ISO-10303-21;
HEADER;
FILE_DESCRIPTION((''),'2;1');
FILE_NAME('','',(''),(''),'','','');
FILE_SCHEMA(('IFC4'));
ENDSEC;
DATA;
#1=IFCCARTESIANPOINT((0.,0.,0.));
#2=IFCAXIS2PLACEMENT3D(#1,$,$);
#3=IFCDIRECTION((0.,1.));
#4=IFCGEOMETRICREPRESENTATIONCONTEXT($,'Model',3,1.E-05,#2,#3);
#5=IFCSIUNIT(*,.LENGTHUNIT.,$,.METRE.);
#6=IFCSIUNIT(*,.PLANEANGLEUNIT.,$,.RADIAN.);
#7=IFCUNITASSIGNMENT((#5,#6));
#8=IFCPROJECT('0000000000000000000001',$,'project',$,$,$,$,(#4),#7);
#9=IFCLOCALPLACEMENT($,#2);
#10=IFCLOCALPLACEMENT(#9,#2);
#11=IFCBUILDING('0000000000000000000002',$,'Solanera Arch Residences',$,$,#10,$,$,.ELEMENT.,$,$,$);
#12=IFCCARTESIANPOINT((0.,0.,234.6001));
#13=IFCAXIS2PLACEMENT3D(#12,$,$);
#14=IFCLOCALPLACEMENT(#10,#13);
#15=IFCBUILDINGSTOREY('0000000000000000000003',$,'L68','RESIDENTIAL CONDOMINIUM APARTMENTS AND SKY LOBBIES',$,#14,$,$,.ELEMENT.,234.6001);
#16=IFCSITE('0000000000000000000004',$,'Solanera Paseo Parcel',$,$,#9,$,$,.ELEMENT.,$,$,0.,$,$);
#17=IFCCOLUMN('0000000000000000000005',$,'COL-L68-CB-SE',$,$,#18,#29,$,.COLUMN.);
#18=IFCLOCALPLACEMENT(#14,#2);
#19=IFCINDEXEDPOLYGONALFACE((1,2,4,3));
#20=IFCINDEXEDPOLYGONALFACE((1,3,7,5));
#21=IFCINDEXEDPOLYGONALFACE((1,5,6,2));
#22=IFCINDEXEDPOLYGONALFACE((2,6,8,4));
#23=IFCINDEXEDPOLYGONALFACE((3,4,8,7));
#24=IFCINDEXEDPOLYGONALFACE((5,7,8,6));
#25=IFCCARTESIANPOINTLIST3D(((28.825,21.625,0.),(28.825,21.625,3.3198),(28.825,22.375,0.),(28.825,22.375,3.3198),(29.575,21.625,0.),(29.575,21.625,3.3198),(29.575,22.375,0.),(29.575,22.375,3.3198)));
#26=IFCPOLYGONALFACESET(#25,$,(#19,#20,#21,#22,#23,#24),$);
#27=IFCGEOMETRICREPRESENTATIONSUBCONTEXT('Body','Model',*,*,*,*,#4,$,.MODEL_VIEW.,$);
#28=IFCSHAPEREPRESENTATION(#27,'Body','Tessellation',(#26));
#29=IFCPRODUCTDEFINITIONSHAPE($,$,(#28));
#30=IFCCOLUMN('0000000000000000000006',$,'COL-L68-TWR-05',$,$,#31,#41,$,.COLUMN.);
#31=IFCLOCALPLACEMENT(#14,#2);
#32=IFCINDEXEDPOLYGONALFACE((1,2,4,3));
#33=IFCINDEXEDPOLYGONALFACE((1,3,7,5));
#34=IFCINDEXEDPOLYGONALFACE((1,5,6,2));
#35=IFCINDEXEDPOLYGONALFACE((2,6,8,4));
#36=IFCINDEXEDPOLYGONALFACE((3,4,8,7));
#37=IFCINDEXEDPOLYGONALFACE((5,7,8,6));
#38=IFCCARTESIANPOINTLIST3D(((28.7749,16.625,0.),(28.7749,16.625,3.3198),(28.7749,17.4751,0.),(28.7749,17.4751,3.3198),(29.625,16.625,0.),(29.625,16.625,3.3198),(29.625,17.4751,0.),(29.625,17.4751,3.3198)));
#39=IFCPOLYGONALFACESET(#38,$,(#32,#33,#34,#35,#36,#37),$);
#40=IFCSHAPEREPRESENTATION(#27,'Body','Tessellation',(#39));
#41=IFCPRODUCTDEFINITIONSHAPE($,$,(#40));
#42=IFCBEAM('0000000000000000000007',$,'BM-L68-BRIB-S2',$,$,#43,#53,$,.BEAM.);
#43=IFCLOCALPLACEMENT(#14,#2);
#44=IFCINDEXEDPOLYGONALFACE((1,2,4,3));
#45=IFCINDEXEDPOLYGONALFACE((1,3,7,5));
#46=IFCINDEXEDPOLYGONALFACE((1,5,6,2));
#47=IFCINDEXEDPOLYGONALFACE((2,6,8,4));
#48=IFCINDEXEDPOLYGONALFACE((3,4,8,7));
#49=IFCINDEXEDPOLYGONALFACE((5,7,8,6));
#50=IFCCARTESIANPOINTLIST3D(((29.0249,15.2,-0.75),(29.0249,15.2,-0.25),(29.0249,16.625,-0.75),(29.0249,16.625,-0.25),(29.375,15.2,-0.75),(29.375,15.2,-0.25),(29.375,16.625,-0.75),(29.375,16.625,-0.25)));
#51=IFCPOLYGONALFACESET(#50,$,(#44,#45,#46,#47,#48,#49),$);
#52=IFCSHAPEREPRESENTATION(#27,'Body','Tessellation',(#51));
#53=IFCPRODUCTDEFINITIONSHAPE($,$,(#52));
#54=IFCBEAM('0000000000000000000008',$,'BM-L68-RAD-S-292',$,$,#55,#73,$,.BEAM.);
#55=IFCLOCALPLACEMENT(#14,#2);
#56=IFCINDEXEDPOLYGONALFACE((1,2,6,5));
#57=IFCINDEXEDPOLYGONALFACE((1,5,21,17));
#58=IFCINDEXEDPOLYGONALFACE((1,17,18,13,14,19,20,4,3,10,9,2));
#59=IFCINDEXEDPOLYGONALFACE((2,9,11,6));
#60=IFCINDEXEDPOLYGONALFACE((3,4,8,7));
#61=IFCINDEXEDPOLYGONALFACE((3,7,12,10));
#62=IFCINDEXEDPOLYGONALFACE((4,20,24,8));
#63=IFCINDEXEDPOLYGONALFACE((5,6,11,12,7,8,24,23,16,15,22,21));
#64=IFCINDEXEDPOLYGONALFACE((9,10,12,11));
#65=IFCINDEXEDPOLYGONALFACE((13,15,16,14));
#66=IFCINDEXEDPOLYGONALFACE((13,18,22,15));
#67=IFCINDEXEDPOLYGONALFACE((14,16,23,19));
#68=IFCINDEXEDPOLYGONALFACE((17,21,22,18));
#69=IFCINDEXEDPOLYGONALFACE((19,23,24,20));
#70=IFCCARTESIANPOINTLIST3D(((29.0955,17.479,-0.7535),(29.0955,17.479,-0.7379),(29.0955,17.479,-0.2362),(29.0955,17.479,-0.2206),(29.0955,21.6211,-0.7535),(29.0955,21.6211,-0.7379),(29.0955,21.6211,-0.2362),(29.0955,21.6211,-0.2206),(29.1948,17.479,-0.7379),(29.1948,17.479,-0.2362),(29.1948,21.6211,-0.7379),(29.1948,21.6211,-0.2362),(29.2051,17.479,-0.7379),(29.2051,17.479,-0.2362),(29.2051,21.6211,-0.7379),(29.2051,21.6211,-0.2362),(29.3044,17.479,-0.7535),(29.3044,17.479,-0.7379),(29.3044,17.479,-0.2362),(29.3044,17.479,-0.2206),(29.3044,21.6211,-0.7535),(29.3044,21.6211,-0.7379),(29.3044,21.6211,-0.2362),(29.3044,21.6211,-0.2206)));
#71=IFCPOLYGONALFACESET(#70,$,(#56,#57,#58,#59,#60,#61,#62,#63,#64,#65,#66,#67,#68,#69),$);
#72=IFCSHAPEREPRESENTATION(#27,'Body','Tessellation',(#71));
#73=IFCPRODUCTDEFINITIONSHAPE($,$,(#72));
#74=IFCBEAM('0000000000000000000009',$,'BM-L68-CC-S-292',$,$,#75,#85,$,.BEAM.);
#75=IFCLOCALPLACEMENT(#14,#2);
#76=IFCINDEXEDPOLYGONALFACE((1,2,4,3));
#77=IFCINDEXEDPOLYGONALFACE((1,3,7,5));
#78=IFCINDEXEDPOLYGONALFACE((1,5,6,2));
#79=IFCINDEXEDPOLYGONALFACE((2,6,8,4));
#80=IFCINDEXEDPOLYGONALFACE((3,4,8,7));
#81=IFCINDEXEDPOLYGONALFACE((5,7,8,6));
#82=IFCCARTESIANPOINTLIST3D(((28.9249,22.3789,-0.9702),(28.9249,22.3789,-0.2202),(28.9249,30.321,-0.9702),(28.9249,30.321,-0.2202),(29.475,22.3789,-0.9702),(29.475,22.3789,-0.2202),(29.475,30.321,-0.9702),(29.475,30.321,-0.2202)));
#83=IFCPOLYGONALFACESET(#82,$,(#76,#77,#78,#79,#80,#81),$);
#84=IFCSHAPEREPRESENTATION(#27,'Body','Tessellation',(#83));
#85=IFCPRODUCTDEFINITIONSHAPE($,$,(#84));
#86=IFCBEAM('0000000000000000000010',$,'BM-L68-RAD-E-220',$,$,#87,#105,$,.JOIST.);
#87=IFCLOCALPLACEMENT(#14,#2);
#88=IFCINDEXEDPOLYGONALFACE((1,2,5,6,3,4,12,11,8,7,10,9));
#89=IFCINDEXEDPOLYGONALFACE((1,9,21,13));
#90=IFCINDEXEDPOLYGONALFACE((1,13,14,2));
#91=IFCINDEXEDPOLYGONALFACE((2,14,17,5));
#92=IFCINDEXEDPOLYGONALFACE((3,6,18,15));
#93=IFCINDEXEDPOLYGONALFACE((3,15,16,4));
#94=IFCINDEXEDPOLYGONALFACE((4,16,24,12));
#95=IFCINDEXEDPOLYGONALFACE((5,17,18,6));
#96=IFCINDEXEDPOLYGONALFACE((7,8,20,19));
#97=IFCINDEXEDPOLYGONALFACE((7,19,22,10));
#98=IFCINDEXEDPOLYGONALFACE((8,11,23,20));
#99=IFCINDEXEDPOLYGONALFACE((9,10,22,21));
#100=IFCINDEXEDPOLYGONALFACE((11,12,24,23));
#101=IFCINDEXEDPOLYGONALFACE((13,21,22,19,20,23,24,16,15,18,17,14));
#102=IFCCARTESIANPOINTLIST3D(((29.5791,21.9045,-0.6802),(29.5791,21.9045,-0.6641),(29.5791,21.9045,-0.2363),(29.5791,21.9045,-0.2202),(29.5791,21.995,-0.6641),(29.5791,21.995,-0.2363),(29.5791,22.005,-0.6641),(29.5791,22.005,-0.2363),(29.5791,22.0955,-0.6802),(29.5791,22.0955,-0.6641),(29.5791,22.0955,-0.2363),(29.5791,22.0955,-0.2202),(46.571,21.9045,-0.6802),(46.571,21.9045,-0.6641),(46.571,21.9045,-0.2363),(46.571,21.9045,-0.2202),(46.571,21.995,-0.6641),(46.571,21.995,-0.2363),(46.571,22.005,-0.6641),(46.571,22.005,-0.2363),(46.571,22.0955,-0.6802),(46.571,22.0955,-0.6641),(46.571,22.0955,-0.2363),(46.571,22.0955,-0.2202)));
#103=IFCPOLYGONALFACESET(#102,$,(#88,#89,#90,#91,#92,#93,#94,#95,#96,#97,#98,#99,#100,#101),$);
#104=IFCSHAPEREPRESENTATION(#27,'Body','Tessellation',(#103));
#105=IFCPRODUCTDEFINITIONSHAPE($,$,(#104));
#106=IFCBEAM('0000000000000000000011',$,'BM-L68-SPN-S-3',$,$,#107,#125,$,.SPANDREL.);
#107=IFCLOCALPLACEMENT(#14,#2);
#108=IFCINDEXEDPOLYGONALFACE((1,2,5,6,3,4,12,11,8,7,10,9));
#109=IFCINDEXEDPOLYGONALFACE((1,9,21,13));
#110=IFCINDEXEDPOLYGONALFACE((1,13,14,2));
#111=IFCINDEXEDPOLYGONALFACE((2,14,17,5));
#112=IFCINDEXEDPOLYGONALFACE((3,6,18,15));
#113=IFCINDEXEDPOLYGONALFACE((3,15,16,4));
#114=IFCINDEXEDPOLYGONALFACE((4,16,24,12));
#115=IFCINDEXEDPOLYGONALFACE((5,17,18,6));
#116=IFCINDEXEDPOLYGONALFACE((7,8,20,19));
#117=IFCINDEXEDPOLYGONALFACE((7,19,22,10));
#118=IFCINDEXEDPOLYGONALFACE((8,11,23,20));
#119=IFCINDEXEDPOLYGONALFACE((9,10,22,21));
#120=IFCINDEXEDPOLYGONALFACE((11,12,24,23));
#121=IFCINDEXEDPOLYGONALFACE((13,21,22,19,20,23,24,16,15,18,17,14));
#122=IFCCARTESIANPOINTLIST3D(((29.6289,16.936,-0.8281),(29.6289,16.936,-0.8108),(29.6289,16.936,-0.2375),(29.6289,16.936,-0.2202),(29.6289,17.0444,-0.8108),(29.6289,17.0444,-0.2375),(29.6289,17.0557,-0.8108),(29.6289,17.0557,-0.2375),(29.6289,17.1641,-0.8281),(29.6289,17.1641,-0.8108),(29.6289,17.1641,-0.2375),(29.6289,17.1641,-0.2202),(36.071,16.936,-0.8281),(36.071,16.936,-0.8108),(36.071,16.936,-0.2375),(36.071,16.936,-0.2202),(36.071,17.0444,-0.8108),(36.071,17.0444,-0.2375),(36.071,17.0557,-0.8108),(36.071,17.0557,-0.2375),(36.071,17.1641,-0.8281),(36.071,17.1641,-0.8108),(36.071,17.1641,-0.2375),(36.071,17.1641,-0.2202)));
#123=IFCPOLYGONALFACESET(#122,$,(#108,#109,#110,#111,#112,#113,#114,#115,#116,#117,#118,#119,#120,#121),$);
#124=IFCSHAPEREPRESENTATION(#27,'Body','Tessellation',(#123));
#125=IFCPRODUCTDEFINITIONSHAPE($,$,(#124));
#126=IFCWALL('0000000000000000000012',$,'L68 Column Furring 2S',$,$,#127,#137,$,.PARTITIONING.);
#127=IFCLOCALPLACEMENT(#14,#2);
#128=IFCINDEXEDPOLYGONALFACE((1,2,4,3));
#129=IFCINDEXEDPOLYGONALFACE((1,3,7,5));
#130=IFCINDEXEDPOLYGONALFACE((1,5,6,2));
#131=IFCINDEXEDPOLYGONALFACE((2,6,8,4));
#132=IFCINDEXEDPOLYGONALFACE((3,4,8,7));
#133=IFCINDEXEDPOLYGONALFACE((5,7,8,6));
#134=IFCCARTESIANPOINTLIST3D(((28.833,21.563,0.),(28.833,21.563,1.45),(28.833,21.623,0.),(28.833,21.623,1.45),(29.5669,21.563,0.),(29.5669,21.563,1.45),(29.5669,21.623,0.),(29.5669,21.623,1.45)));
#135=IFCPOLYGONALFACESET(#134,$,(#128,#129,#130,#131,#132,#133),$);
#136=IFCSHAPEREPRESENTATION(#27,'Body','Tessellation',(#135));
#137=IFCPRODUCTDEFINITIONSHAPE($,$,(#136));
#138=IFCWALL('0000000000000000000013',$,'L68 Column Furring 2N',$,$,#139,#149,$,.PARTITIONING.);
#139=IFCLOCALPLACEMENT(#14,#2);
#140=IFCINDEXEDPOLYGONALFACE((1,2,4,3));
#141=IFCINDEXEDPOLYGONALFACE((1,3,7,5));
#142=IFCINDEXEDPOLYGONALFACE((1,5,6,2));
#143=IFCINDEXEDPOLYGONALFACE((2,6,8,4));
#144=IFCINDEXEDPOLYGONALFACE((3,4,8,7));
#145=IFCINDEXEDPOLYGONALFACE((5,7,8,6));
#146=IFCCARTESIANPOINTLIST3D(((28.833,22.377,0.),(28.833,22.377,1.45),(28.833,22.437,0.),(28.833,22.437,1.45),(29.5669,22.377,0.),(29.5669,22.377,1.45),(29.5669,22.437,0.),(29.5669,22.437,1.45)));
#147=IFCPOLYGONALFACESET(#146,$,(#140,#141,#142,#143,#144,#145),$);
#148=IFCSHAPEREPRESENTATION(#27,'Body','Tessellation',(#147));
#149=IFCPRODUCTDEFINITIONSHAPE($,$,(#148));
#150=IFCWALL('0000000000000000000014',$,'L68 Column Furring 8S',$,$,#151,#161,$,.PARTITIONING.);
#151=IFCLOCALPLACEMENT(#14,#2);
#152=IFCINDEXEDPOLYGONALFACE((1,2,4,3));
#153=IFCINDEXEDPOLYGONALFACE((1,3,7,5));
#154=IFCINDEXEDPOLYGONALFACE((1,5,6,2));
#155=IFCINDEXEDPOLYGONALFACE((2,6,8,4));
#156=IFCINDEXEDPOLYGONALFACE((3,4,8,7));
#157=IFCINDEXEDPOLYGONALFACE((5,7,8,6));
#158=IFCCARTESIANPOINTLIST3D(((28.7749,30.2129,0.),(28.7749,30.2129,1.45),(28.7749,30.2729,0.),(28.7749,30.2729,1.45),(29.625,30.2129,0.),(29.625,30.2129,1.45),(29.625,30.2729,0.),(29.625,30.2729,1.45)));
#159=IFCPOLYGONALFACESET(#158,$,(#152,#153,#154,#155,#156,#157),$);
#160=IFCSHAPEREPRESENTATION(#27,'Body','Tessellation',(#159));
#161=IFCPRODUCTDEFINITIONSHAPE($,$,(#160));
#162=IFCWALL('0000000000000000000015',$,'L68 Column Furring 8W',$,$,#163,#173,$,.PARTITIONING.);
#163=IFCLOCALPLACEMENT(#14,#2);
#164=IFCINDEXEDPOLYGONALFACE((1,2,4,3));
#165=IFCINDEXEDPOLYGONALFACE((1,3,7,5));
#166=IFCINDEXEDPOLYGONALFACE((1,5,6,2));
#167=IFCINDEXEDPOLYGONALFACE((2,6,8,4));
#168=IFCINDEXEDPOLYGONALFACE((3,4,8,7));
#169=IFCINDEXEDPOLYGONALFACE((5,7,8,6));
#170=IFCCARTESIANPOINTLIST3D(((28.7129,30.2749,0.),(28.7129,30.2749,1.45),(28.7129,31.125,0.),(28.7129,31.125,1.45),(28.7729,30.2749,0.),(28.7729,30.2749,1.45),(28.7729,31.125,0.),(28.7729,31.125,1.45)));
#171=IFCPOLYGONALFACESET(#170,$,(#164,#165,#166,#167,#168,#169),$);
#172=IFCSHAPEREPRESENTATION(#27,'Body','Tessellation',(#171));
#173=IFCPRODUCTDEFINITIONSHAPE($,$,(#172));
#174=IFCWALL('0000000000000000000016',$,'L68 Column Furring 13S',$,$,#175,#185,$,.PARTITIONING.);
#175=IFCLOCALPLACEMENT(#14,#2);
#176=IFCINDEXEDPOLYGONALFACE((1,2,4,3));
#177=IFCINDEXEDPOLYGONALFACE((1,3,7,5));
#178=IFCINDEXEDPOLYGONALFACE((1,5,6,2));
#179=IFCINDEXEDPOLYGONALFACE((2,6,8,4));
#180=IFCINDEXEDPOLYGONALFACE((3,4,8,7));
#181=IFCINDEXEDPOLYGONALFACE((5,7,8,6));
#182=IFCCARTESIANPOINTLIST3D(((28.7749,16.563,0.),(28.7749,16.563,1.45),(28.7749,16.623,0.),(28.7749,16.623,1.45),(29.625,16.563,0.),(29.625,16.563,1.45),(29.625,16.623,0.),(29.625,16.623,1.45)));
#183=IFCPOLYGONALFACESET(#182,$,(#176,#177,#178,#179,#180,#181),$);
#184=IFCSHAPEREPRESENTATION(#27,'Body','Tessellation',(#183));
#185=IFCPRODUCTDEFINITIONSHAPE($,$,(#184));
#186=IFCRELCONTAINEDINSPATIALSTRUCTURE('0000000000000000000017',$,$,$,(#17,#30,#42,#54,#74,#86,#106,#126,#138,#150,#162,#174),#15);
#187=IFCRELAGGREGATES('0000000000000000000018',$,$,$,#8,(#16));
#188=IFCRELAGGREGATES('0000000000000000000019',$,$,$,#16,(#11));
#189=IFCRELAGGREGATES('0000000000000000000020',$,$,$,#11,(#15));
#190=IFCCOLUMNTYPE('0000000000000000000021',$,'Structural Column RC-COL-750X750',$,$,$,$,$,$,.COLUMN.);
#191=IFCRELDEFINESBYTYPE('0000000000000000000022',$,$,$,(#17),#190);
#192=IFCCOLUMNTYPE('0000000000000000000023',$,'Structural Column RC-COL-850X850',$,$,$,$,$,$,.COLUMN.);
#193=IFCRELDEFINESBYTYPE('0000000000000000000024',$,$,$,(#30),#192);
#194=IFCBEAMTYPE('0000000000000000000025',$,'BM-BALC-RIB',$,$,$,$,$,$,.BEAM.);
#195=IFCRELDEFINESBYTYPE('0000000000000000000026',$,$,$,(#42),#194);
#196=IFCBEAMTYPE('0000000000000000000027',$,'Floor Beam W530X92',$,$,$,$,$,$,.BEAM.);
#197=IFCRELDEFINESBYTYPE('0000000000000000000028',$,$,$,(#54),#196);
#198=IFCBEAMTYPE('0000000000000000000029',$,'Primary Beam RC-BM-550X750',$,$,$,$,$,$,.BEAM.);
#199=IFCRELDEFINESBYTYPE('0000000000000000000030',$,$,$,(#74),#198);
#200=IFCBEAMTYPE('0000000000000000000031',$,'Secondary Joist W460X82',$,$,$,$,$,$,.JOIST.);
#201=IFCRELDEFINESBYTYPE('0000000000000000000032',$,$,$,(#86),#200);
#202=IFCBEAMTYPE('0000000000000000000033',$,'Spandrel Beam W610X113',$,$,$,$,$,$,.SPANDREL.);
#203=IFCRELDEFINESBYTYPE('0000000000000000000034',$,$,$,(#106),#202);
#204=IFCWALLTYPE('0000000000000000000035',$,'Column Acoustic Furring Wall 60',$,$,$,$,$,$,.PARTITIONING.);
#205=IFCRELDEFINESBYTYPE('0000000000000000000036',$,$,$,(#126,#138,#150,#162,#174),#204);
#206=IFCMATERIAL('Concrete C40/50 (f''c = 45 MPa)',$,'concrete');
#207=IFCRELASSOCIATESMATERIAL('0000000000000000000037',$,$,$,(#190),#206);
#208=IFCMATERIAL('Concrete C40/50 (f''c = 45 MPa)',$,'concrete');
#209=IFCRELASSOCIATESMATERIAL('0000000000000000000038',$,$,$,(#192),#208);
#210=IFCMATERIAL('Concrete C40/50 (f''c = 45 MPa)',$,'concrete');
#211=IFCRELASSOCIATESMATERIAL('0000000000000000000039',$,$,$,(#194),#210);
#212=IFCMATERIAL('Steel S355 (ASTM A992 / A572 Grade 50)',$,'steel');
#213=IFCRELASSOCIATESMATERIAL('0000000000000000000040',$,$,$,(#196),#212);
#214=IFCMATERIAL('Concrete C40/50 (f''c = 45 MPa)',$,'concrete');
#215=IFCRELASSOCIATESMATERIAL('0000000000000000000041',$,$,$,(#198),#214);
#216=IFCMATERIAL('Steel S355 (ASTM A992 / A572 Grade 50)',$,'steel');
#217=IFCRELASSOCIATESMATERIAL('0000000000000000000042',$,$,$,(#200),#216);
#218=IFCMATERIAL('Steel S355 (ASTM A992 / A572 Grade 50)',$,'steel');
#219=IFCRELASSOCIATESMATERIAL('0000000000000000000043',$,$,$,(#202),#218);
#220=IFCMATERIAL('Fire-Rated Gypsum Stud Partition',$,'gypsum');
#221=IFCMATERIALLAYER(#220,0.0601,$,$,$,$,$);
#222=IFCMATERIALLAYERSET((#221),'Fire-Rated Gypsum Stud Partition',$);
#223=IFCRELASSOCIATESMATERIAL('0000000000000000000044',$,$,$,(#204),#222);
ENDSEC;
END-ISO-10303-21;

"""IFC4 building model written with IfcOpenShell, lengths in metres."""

from ifc_helpers import new_model, si_unit, direction, frame, frame_2d, origin, origin_2d, place, context, subcontext, project, spatial, rectangle, i_section, extrude, material, layer, layer_set, material_profile, profile_set, type_object, element, save


model = new_model("IFC4")

# Units and contexts
model_context = context("Model", 3, precision=1e-05, world=origin(), true_north=direction((0.0, 1.0)))
body_context = subcontext(model_context, "Body", "Model", "MODEL_VIEW")
ifc_project = project(units=[si_unit("LENGTHUNIT", "METRE"), si_unit("PLANEANGLEUNIT", "RADIAN")], contexts=[model_context])

# Site, building, storey
site_placement = place(None, origin())
site = spatial("IfcSite", under=ifc_project, at=site_placement, Name="Solanera Paseo Parcel", CompositionType="ELEMENT", RefElevation=0.0)
building_placement = place(site_placement, origin())
building = spatial("IfcBuilding", under=site, at=building_placement, Name="Solanera Arch Residences", CompositionType="ELEMENT")
storey_placement = place(building_placement, frame((0.0, 0.0, 234.6001)))
storey = spatial("IfcBuildingStorey", under=building, at=storey_placement, Name="L68", Description="RESIDENTIAL CONDOMINIUM APARTMENTS AND SKY LOBBIES", CompositionType="ELEMENT", Elevation=234.6001)

# Columns
ifc_material_1 = material(Name="Concrete C40/50 (f'c = 45 MPa)", Category="concrete")
ifc_material_profile_1 = material_profile(ifc_material_1, rectangle(XDim=0.75, YDim=0.75, at=origin_2d()))
ifc_profile_set_1 = profile_set([ifc_material_profile_1], Name="Concrete C40/50 (f'c = 45 MPa)")
column_type_1 = type_object("IfcColumnType", Name="Structural Column RC-COL-750X750", PredefinedType="COLUMN", material=ifc_profile_set_1)
column_1_placement = place(storey_placement, frame((29.2, 22.0, 0.0), z_axis=(0.0, 0.0, 1.0), x_axis=(1.0, 0.0, 0.0)))
element("IfcColumn", 1, at=column_1_placement, inside=storey, type_object=column_type_1, Name="COL-L68-CB-SE", PredefinedType="COLUMN", context=body_context, shape_type="SweptSolid", body=[
    extrude(rectangle(XDim=0.75, YDim=0.75, at=origin_2d()), origin(), (0.0, 0.0, 1.0), 3.3198),
])
ifc_material_2 = material(Name="Concrete C40/50 (f'c = 45 MPa)", Category="concrete")
ifc_material_profile_2 = material_profile(ifc_material_2, rectangle(XDim=0.8501, YDim=0.8501, at=origin_2d()))
ifc_profile_set_2 = profile_set([ifc_material_profile_2], Name="Concrete C40/50 (f'c = 45 MPa)")
column_type_2 = type_object("IfcColumnType", Name="Structural Column RC-COL-850X850", PredefinedType="COLUMN", material=ifc_profile_set_2)
column_2_placement = place(storey_placement, frame((29.2, 17.05, 0.0), z_axis=(0.0, 0.0, 1.0), x_axis=(1.0, 0.0, 0.0)))
element("IfcColumn", 2, at=column_2_placement, inside=storey, type_object=column_type_2, Name="COL-L68-TWR-05", PredefinedType="COLUMN", context=body_context, shape_type="SweptSolid", body=[
    extrude(rectangle(XDim=0.8501, YDim=0.8501, at=origin_2d()), origin(), (0.0, 0.0, 1.0), 3.3198),
])

# Beams
ifc_material_3 = material(Name="Concrete C40/50 (f'c = 45 MPa)", Category="concrete")
ifc_material_profile_3 = material_profile(ifc_material_3, rectangle(XDim=0.3501, YDim=0.5, at=origin_2d()))
ifc_profile_set_3 = profile_set([ifc_material_profile_3], Name="Concrete C40/50 (f'c = 45 MPa)")
beam_type_1 = type_object("IfcBeamType", Name="BM-BALC-RIB", PredefinedType="BEAM", material=ifc_profile_set_3)
beam_1_placement = place(storey_placement, frame((29.2, 15.2, -0.5), z_axis=(0.0, 1.0, 0.0), x_axis=(-1.0, 0.0, 0.0)))
element("IfcBeam", 3, at=beam_1_placement, inside=storey, type_object=beam_type_1, Name="BM-L68-BRIB-S2", PredefinedType="BEAM", context=body_context, shape_type="SweptSolid", body=[
    extrude(rectangle(XDim=0.3501, YDim=0.5, at=origin_2d()), origin(), (0.0, 0.0, 1.0), 1.425),
])
ifc_material_4 = material(Name="Steel S355 (ASTM A992 / A572 Grade 50)", Category="steel")
ifc_material_profile_4 = material_profile(ifc_material_4, i_section(OverallWidth=0.209, OverallDepth=0.533, WebThickness=0.0103, FlangeThickness=0.0156, at=origin_2d()))
ifc_profile_set_4 = profile_set([ifc_material_profile_4], Name="Steel S355 (ASTM A992 / A572 Grade 50)")
beam_type_2 = type_object("IfcBeamType", Name="Floor Beam W530X92", PredefinedType="BEAM", material=ifc_profile_set_4)
beam_2_placement = place(storey_placement, frame((29.2, 17.479, -0.4871), z_axis=(0.0, 1.0, 0.0), x_axis=(-1.0, 0.0, 0.0)))
element("IfcBeam", 4, at=beam_2_placement, inside=storey, type_object=beam_type_2, Name="BM-L68-RAD-S-292", PredefinedType="BEAM", context=body_context, shape_type="SweptSolid", body=[
    extrude(i_section(OverallWidth=0.209, OverallDepth=0.533, WebThickness=0.0103, FlangeThickness=0.0156, at=origin_2d()), origin(), (0.0, 0.0, 1.0), 4.1421),
])
ifc_material_5 = material(Name="Concrete C40/50 (f'c = 45 MPa)", Category="concrete")
ifc_material_profile_5 = material_profile(ifc_material_5, rectangle(XDim=0.55, YDim=0.75, at=origin_2d()))
ifc_profile_set_5 = profile_set([ifc_material_profile_5], Name="Concrete C40/50 (f'c = 45 MPa)")
beam_type_3 = type_object("IfcBeamType", Name="Primary Beam RC-BM-550X750", PredefinedType="BEAM", material=ifc_profile_set_5)
beam_3_placement = place(storey_placement, frame((29.2, 22.3789, -0.5952), z_axis=(0.0, 1.0, 0.0), x_axis=(-1.0, 0.0, 0.0)))
element("IfcBeam", 5, at=beam_3_placement, inside=storey, type_object=beam_type_3, Name="BM-L68-CC-S-292", PredefinedType="BEAM", context=body_context, shape_type="SweptSolid", body=[
    extrude(rectangle(XDim=0.55, YDim=0.75, at=origin_2d()), origin(), (0.0, 0.0, 1.0), 7.9421),
])
ifc_material_6 = material(Name="Steel S355 (ASTM A992 / A572 Grade 50)", Category="steel")
ifc_material_profile_6 = material_profile(ifc_material_6, i_section(OverallWidth=0.1909, OverallDepth=0.46, WebThickness=0.01, FlangeThickness=0.0161, at=origin_2d()))
ifc_profile_set_6 = profile_set([ifc_material_profile_6], Name="Steel S355 (ASTM A992 / A572 Grade 50)")
beam_type_4 = type_object("IfcBeamType", Name="Secondary Joist W460X82", PredefinedType="JOIST", material=ifc_profile_set_6)
beam_4_placement = place(storey_placement, frame((29.5791, 22.0, -0.4502), z_axis=(1.0, 0.0, 0.0), x_axis=(0.0, 1.0, 0.0)))
element("IfcBeam", 6, at=beam_4_placement, inside=storey, type_object=beam_type_4, Name="BM-L68-RAD-E-220", PredefinedType="JOIST", context=body_context, shape_type="SweptSolid", body=[
    extrude(i_section(OverallWidth=0.1909, OverallDepth=0.46, WebThickness=0.01, FlangeThickness=0.0161, at=origin_2d()), origin(), (0.0, 0.0, 1.0), 16.9919),
])
ifc_material_7 = material(Name="Steel S355 (ASTM A992 / A572 Grade 50)", Category="steel")
ifc_material_profile_7 = material_profile(ifc_material_7, i_section(OverallWidth=0.228, OverallDepth=0.6079, WebThickness=0.0112, FlangeThickness=0.0173, at=origin_2d()))
ifc_profile_set_7 = profile_set([ifc_material_profile_7], Name="Steel S355 (ASTM A992 / A572 Grade 50)")
beam_type_5 = type_object("IfcBeamType", Name="Spandrel Beam W610X113", PredefinedType="SPANDREL", material=ifc_profile_set_7)
beam_5_placement = place(storey_placement, frame((29.6289, 17.05, -0.5242), z_axis=(1.0, 0.0, 0.0), x_axis=(0.0, 1.0, 0.0)))
element("IfcBeam", 7, at=beam_5_placement, inside=storey, type_object=beam_type_5, Name="BM-L68-SPN-S-3", PredefinedType="SPANDREL", context=body_context, shape_type="SweptSolid", body=[
    extrude(i_section(OverallWidth=0.228, OverallDepth=0.6079, WebThickness=0.0112, FlangeThickness=0.0173, at=origin_2d()), origin(), (0.0, 0.0, 1.0), 6.4421),
])

# Walls
ifc_material_8 = material(Name="Fire-Rated Gypsum Stud Partition", Category="gypsum")
ifc_layer_1 = layer(ifc_material_8, 0.0601)
ifc_layer_set_1 = layer_set([ifc_layer_1], Name="Fire-Rated Gypsum Stud Partition")
wall_type_1 = type_object("IfcWallType", Name="Column Acoustic Furring Wall 60", PredefinedType="PARTITIONING", material=ifc_layer_set_1)
for number, where, z_axis, x_axis, name in (
    (8, (28.833, 21.593, 0.0), (0.0, 0.0, 1.0), (1.0, 0.0, 0.0), "L68 Column Furring 2S"),
    (9, (28.833, 22.407, 0.0), (0.0, 0.0, 1.0), (1.0, 0.0, 0.0), "L68 Column Furring 2N"),
):
    element("IfcWall", number, at=place(storey_placement, frame(where, z_axis=z_axis, x_axis=x_axis)), inside=storey, type_object=wall_type_1, Name=name, PredefinedType="PARTITIONING", context=body_context, shape_type="SweptSolid", body=[
        extrude(rectangle(XDim=0.7339, YDim=0.0601, at=frame_2d((0.3669, 0.0))), origin(), (0.0, 0.0, 1.0), 1.45),
    ])
for number, where, z_axis, x_axis, name in (
    (10, (28.7749, 30.2429, 0.0), (0.0, 0.0, 1.0), (1.0, 0.0, 0.0), "L68 Column Furring 8S"),
    (11, (28.7429, 30.2749, 0.0), (0.0, 0.0, 1.0), (0.0, 1.0, 0.0), "L68 Column Furring 8W"),
    (12, (28.7749, 16.593, 0.0), (0.0, 0.0, 1.0), (1.0, 0.0, 0.0), "L68 Column Furring 13S"),
):
    element("IfcWall", number, at=place(storey_placement, frame(where, z_axis=z_axis, x_axis=x_axis)), inside=storey, type_object=wall_type_1, Name=name, PredefinedType="PARTITIONING", context=body_context, shape_type="SweptSolid", body=[
        extrude(rectangle(XDim=0.8501, YDim=0.0601, at=frame_2d((0.425, 0.0))), origin(), (0.0, 0.0, 1.0), 1.45),
    ])

save(model, "model.ifc")
